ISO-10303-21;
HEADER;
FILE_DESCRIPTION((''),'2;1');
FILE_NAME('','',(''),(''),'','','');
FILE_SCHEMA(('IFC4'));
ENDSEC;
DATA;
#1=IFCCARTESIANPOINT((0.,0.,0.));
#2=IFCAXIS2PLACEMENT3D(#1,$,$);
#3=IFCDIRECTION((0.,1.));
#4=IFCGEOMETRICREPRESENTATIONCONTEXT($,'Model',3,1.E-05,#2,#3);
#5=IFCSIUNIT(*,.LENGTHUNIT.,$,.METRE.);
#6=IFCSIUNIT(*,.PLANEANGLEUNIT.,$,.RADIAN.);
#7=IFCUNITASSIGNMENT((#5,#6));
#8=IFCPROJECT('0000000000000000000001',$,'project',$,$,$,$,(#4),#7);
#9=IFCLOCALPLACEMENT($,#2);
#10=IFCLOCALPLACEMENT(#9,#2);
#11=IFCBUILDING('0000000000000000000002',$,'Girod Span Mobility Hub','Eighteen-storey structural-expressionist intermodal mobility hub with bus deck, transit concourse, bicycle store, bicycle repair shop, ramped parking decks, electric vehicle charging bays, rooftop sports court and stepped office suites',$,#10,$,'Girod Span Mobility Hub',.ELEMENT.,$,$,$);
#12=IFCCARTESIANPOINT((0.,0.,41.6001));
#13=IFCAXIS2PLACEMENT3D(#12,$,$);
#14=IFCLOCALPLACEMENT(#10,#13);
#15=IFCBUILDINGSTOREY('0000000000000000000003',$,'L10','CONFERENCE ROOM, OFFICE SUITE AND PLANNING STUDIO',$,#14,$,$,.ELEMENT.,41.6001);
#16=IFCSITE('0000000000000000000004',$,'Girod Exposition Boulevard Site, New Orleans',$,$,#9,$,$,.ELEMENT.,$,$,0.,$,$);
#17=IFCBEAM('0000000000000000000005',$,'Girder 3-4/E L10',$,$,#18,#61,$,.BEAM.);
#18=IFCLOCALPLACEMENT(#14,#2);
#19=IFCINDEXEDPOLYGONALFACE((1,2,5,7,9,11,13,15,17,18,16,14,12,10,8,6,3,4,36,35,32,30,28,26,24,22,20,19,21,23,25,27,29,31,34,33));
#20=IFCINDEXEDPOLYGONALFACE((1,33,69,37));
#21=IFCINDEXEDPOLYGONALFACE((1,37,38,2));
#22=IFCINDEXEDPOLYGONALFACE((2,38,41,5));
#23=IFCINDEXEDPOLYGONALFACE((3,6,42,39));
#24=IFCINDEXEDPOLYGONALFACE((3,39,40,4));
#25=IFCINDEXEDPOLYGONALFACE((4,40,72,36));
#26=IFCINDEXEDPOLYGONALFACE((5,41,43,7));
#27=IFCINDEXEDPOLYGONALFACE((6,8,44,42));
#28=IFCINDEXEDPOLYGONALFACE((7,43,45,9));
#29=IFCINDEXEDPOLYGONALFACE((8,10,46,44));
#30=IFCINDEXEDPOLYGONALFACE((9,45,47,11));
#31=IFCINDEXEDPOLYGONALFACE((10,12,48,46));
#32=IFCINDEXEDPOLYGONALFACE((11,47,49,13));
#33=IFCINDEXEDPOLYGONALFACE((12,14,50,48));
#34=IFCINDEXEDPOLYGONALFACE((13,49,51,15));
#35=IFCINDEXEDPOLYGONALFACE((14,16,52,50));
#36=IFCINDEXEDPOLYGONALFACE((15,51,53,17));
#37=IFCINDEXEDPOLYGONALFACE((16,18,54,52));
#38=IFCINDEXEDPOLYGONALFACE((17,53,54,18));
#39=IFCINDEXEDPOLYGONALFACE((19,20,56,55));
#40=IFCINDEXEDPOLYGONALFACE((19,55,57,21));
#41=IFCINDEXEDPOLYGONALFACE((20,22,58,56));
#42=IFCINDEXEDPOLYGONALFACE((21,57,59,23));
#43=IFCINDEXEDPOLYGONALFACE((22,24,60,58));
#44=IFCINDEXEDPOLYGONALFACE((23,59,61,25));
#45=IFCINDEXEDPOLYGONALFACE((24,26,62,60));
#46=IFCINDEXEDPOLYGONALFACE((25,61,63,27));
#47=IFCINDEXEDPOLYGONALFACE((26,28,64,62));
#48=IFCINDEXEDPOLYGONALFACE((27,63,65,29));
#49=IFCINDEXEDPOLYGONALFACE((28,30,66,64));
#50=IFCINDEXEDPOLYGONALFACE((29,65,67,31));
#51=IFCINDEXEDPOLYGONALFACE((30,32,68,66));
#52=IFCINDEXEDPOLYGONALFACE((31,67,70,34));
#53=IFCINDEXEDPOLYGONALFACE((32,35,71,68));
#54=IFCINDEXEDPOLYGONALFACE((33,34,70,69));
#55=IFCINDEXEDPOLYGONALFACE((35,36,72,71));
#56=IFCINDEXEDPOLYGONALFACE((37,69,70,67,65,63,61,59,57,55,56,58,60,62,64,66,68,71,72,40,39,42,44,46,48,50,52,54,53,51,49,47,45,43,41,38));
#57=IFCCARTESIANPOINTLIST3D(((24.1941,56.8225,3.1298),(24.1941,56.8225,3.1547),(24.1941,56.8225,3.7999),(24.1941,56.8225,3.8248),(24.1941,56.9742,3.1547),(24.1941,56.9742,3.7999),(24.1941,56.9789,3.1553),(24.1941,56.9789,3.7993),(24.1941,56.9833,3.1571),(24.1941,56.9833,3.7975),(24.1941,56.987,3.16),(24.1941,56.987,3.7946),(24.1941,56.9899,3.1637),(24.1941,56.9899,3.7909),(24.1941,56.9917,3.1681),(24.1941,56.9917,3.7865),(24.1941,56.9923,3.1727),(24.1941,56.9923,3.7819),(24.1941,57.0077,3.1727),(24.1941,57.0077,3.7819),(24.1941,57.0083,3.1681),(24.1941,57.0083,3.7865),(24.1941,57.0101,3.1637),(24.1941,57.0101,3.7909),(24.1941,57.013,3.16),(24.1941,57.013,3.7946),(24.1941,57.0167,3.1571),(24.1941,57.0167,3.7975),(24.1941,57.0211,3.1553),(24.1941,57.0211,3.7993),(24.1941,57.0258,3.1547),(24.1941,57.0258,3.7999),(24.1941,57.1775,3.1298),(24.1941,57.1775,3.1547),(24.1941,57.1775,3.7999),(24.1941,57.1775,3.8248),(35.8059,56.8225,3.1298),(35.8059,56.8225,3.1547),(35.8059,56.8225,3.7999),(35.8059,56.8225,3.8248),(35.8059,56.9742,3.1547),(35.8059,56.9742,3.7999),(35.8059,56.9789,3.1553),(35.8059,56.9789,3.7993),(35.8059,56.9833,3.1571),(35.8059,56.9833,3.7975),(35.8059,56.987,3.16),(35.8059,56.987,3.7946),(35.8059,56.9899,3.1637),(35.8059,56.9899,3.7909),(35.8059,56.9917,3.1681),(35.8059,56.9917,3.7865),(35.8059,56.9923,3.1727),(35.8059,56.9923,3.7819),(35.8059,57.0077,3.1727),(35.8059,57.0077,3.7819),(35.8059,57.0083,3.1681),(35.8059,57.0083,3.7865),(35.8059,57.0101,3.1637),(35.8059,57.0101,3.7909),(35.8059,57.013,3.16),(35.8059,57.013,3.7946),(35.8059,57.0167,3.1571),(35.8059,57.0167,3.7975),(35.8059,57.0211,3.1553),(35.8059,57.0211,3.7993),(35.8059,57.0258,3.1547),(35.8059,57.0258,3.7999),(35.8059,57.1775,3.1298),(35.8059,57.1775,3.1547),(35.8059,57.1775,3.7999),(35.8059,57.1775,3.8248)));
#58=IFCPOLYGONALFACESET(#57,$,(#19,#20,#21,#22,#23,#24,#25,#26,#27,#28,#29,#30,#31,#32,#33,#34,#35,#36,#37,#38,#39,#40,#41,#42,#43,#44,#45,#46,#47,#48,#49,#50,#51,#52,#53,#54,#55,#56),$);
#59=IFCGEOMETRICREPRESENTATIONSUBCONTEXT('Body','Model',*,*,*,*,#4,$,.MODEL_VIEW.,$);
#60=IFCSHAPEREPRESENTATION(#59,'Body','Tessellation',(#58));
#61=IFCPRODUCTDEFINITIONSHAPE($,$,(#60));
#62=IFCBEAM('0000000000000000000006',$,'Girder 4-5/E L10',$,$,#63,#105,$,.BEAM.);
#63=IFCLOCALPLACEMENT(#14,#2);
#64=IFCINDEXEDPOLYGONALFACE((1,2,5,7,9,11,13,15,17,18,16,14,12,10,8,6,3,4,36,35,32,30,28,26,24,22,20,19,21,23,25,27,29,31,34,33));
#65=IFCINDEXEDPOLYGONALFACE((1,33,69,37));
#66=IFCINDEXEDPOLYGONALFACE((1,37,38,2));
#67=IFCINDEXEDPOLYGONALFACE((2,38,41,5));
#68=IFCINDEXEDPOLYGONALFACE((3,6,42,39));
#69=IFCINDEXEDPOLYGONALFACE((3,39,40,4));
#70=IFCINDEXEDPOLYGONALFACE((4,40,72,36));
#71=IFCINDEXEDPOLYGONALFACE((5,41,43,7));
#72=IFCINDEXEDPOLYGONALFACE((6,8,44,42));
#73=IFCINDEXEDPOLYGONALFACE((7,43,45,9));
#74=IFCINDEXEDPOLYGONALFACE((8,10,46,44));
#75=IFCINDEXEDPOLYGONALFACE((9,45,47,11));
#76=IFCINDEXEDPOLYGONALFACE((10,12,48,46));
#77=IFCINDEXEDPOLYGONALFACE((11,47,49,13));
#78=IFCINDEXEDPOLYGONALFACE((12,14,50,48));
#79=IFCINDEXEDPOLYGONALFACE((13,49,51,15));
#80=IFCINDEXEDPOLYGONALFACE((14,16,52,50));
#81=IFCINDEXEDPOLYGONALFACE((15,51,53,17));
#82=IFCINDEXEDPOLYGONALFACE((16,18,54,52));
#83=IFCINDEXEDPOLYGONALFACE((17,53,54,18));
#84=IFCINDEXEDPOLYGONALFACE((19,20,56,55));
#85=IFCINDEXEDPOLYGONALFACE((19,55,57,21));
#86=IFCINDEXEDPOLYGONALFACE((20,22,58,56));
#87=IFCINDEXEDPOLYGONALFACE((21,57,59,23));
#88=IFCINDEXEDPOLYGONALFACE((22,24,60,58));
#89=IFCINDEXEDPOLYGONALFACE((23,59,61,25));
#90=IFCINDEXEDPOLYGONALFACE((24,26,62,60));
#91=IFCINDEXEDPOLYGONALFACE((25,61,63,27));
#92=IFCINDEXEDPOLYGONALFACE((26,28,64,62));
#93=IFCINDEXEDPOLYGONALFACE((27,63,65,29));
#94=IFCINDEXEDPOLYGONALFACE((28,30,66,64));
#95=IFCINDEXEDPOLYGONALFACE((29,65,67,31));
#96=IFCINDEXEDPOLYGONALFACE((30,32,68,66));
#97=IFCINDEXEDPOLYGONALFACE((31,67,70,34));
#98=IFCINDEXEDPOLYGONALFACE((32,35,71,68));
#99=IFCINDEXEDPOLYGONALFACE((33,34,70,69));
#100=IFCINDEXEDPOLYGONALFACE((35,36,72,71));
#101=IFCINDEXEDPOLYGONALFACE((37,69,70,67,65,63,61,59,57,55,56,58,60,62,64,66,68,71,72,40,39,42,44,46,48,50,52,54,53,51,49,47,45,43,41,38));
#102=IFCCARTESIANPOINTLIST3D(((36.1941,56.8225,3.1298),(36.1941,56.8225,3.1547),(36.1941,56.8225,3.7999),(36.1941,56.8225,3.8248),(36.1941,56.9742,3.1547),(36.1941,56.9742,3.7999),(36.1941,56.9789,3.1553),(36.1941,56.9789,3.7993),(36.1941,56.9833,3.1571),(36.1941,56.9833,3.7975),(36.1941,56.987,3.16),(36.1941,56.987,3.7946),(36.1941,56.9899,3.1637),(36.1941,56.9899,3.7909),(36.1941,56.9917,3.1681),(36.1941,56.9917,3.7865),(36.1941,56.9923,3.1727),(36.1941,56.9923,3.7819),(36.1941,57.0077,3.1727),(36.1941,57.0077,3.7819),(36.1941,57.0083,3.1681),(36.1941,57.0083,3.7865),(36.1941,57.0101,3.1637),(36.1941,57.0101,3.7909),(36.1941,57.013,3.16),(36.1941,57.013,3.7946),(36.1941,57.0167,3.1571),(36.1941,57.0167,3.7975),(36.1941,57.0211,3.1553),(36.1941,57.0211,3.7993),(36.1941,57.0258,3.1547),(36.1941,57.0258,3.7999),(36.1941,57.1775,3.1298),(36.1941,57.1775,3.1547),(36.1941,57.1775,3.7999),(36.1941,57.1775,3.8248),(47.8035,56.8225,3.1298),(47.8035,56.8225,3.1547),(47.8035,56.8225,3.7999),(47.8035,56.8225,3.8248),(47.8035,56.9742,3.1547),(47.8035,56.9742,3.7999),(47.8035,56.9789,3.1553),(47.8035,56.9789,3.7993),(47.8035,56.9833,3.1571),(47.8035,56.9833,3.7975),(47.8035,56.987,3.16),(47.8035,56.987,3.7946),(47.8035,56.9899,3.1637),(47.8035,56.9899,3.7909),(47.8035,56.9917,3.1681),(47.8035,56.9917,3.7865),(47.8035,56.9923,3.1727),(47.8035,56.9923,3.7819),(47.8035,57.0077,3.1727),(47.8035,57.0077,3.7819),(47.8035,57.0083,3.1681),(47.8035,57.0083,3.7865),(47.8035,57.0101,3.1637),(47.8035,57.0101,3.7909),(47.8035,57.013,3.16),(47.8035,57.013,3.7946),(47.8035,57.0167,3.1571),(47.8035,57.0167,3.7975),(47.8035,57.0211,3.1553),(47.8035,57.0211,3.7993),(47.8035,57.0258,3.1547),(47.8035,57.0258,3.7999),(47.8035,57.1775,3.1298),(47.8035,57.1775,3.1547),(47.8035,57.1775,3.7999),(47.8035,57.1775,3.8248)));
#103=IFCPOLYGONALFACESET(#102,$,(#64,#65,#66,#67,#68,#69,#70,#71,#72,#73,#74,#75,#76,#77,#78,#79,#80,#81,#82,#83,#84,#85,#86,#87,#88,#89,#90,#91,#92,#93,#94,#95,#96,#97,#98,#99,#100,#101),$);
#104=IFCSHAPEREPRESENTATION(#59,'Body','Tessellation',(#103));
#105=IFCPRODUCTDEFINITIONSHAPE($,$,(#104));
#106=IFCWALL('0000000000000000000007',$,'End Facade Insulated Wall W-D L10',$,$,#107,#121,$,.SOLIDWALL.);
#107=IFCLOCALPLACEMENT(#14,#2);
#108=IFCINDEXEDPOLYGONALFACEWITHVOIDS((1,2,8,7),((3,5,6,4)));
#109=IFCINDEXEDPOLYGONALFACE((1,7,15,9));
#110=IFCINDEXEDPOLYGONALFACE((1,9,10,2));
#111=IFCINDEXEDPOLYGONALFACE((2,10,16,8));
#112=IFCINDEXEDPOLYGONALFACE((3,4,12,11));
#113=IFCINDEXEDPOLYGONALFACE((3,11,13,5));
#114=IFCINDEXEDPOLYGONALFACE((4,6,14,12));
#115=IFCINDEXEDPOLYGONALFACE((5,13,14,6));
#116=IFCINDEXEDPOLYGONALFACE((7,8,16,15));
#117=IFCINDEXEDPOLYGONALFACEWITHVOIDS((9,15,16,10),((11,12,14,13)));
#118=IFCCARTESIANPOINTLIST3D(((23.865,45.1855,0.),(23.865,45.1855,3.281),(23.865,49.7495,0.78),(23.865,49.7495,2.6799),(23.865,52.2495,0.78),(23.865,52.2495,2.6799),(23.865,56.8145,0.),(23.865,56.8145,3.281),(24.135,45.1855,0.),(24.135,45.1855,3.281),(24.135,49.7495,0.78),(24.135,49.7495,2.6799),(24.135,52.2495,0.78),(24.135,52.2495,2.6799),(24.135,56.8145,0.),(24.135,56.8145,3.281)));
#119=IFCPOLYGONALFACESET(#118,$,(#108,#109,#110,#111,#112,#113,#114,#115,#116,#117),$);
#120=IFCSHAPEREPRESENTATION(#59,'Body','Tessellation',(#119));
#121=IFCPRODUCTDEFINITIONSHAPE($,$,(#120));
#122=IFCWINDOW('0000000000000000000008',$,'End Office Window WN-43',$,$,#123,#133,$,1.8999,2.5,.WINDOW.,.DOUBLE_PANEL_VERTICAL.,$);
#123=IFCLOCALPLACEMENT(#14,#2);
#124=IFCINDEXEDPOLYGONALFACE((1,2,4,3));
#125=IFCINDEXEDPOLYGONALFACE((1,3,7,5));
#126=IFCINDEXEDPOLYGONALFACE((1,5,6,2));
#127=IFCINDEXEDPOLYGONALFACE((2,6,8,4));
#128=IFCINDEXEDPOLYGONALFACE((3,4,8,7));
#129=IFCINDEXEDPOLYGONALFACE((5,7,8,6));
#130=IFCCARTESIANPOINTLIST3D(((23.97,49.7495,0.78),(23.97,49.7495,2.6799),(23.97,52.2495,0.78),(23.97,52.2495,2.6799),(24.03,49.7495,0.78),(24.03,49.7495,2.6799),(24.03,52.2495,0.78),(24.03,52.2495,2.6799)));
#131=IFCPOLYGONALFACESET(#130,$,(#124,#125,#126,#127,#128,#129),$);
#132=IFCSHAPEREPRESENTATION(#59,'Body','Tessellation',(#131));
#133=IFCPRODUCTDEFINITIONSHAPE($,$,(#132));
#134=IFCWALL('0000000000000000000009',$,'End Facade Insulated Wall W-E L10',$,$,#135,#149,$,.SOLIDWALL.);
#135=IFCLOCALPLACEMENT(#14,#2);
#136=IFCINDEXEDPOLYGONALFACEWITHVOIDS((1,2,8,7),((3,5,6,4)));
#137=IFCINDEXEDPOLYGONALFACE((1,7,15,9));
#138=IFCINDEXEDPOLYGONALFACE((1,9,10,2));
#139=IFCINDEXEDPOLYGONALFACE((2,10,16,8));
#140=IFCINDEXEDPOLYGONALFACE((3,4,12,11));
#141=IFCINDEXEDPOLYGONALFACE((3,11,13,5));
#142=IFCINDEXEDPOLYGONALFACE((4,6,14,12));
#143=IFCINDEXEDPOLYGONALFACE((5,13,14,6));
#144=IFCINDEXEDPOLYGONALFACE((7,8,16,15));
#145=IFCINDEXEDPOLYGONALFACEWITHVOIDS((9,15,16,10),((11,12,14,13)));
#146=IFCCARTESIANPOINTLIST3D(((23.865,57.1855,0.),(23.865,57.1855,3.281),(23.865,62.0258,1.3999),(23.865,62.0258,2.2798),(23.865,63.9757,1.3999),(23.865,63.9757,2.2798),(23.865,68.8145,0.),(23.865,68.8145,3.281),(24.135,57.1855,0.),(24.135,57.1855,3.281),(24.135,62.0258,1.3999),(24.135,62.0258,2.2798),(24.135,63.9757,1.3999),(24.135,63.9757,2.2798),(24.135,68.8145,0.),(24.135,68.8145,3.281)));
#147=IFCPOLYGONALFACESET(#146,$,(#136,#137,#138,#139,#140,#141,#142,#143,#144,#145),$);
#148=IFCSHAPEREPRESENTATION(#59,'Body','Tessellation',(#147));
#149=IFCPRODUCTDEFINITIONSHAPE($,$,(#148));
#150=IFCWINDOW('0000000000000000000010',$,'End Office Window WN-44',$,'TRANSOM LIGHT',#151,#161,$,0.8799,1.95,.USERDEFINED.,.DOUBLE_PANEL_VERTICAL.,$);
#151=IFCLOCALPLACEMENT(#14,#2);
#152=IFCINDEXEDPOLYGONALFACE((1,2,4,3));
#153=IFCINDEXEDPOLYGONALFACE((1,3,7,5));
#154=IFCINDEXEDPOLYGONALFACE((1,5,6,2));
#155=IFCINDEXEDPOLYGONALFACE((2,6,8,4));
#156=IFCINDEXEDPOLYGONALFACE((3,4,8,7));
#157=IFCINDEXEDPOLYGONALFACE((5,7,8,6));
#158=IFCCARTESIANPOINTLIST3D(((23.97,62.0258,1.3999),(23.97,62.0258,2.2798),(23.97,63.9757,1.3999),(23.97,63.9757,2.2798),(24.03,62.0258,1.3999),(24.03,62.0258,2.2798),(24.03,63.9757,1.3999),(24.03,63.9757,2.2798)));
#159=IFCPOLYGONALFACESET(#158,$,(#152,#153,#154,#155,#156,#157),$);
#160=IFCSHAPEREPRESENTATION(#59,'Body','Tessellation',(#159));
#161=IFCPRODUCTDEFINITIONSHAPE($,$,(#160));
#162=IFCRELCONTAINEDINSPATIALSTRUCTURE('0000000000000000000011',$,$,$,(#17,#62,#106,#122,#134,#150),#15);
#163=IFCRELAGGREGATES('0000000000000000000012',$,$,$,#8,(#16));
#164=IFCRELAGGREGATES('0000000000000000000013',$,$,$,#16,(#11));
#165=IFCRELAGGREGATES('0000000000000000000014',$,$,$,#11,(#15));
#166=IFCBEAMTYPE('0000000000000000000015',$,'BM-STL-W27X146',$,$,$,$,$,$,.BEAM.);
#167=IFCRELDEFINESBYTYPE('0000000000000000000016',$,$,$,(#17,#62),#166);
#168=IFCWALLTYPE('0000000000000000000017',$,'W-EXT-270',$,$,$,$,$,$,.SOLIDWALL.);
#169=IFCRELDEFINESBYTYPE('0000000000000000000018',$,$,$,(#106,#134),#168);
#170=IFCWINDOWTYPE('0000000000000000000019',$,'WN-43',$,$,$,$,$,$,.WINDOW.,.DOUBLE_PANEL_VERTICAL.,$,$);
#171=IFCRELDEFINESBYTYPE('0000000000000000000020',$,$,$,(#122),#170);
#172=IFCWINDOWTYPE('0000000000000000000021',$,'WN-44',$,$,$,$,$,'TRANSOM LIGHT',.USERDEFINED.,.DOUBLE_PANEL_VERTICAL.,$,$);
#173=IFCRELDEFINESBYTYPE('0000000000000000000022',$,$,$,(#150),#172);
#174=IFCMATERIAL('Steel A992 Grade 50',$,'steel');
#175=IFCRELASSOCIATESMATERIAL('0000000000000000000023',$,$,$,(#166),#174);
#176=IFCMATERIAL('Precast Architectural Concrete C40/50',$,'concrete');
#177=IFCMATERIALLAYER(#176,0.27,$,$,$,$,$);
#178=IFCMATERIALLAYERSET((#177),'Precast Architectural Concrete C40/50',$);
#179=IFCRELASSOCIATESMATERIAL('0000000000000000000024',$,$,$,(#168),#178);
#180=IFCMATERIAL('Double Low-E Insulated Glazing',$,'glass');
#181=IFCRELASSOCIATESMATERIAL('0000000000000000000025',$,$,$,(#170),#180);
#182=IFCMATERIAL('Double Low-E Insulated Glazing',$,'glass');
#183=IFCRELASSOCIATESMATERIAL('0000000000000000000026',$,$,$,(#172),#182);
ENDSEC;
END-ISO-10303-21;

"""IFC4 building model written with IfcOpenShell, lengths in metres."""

from ifc_helpers import new_model, si_unit, direction, frame, frame_2d, origin, origin_2d, place, context, subcontext, project, spatial, rectangle, i_section, extrude, material, layer, layer_set, material_profile, profile_set, type_object, element, fill, save


model = new_model("IFC4")

# Units and contexts
model_context = context("Model", 3, precision=1e-05, world=origin(), true_north=direction((0.0, 1.0)))
body_context = subcontext(model_context, "Body", "Model", "MODEL_VIEW")
ifc_project = project(units=[si_unit("LENGTHUNIT", "METRE"), si_unit("PLANEANGLEUNIT", "RADIAN")], contexts=[model_context])

# Site, building, storey
site_placement = place(None, origin())
site = spatial("IfcSite", under=ifc_project, at=site_placement, Name="Girod Exposition Boulevard Site, New Orleans", CompositionType="ELEMENT", RefElevation=0.0)
building_placement = place(site_placement, origin())
building = spatial("IfcBuilding", under=site, at=building_placement, Name="Girod Span Mobility Hub", Description="Eighteen-storey structural-expressionist intermodal mobility hub with bus deck, transit concourse, bicycle store, bicycle repair shop, ramped parking decks, electric vehicle charging bays, rooftop sports court and stepped office suites", LongName="Girod Span Mobility Hub", CompositionType="ELEMENT")
storey_placement = place(building_placement, frame((0.0, 0.0, 41.6001)))
storey = spatial("IfcBuildingStorey", under=building, at=storey_placement, Name="L10", Description="CONFERENCE ROOM, OFFICE SUITE AND PLANNING STUDIO", CompositionType="ELEMENT", Elevation=41.6001)

# Beams
ifc_material_1 = material(Name="Steel A992 Grade 50", Category="steel")
ifc_material_profile_1 = material_profile(ifc_material_1, i_section(OverallWidth=0.355, OverallDepth=0.6951, WebThickness=0.0154, FlangeThickness=0.0249, FilletRadius=0.0181, at=origin_2d()), Name="W27X146")
ifc_profile_set_1 = profile_set([ifc_material_profile_1], Name="Steel A992 Grade 50")
beam_type_1 = type_object("IfcBeamType", Name="BM-STL-W27X146", PredefinedType="BEAM", material=ifc_profile_set_1)
beam_1_placement = place(storey_placement, frame((24.1941, 57.0, 3.4773), z_axis=(1.0, 0.0, 0.0), x_axis=(0.0, 1.0, 0.0)))
element("IfcBeam", 1, at=beam_1_placement, inside=storey, type_object=beam_type_1, Name="Girder 3-4/E L10", PredefinedType="BEAM", context=body_context, shape_type="SweptSolid", body=[
    extrude(i_section(OverallWidth=0.355, OverallDepth=0.6951, WebThickness=0.0154, FlangeThickness=0.0249, FilletRadius=0.0181, at=origin_2d()), origin(), (0.0, 0.0, 1.0), 11.6118),
])
beam_2_placement = place(storey_placement, frame((36.1941, 57.0, 3.4773), z_axis=(1.0, 0.0, 0.0), x_axis=(0.0, 1.0, 0.0)))
element("IfcBeam", 2, at=beam_2_placement, inside=storey, type_object=beam_type_1, Name="Girder 4-5/E L10", PredefinedType="BEAM", context=body_context, shape_type="SweptSolid", body=[
    extrude(i_section(OverallWidth=0.355, OverallDepth=0.6951, WebThickness=0.0154, FlangeThickness=0.0249, FilletRadius=0.0181, at=origin_2d()), origin(), (0.0, 0.0, 1.0), 11.6094),
])

# Walls, openings, windows
ifc_material_2 = material(Name="Precast Architectural Concrete C40/50", Category="concrete")
ifc_layer_1 = layer(ifc_material_2, 0.27)
ifc_layer_set_1 = layer_set([ifc_layer_1], Name="Precast Architectural Concrete C40/50")
wall_type_1 = type_object("IfcWallType", Name="W-EXT-270", PredefinedType="SOLIDWALL", material=ifc_layer_set_1)
wall_1_placement = place(storey_placement, frame((24.0, 45.1855, 0.0), z_axis=(0.0, 0.0, 1.0), x_axis=(0.0, 1.0, 0.0)))
wall_1 = element("IfcWall", 3, at=wall_1_placement, inside=storey, type_object=wall_type_1, Name="End Facade Insulated Wall W-D L10", PredefinedType="SOLIDWALL", context=body_context, shape_type="SweptSolid", body=[
    extrude(rectangle(XDim=11.6289, YDim=0.27, at=frame_2d((5.8145, 0.0))), origin(), (0.0, 0.0, 1.0), 3.281),
])
opening_1_placement = place(wall_1_placement, frame((4.564, 0.0, 0.78)))
opening_1 = element("IfcOpeningElement", 4, at=opening_1_placement, cuts=wall_1, PredefinedType="OPENING", context=body_context, shape_type="SweptSolid", body=[
    extrude(rectangle(XDim=2.5, YDim=1.8999, at=frame_2d((1.25, 0.95))), frame((0.0, 0.1499, 0.0), z_axis=(0.0, -1.0, 0.0), x_axis=(1.0, 0.0, 0.0)), (0.0, 0.0, 1.0), 0.3),
])
ifc_material_3 = material(Name="Double Low-E Insulated Glazing", Category="glass")
window_type_1 = type_object("IfcWindowType", Name="WN-43", PartitioningType="DOUBLE_PANEL_VERTICAL", PredefinedType="WINDOW", material=ifc_material_3)
window_1_placement = place(opening_1_placement, origin())
window_1 = element("IfcWindow", 5, at=window_1_placement, inside=storey, type_object=window_type_1, Name="End Office Window WN-43", OverallHeight=1.8999, OverallWidth=2.5, PartitioningType="DOUBLE_PANEL_VERTICAL", PredefinedType="WINDOW", context=body_context, shape_type="SweptSolid", body=[
    extrude(rectangle(XDim=2.5, YDim=1.8999, at=frame_2d((1.25, 0.95))), frame((0.0, 0.03, 0.0), z_axis=(0.0, -1.0, 0.0), x_axis=(1.0, 0.0, 0.0)), (0.0, 0.0, 1.0), 0.0601),
])
fill(opening_1, window_1)
wall_2_placement = place(storey_placement, frame((24.0, 57.1855, 0.0), z_axis=(0.0, 0.0, 1.0), x_axis=(0.0, 1.0, 0.0)))
wall_2 = element("IfcWall", 6, at=wall_2_placement, inside=storey, type_object=wall_type_1, Name="End Facade Insulated Wall W-E L10", PredefinedType="SOLIDWALL", context=body_context, shape_type="SweptSolid", body=[
    extrude(rectangle(XDim=11.6289, YDim=0.27, at=frame_2d((5.8145, 0.0))), origin(), (0.0, 0.0, 1.0), 3.281),
])
opening_2_placement = place(wall_2_placement, frame((4.8401, 0.0, 1.3999)))
opening_2 = element("IfcOpeningElement", 7, at=opening_2_placement, cuts=wall_2, PredefinedType="OPENING", context=body_context, shape_type="SweptSolid", body=[
    extrude(rectangle(XDim=1.95, YDim=0.8799, at=frame_2d((0.9751, 0.4399))), frame((0.0, 0.1499, 0.0), z_axis=(0.0, -1.0, 0.0), x_axis=(1.0, 0.0, 0.0)), (0.0, 0.0, 1.0), 0.3),
])
ifc_material_4 = material(Name="Double Low-E Insulated Glazing", Category="glass")
window_type_2 = type_object("IfcWindowType", Name="WN-44", ElementType="TRANSOM LIGHT", PartitioningType="DOUBLE_PANEL_VERTICAL", PredefinedType="USERDEFINED", material=ifc_material_4)
window_2_placement = place(opening_2_placement, origin())
window_2 = element("IfcWindow", 8, at=window_2_placement, inside=storey, type_object=window_type_2, Name="End Office Window WN-44", ObjectType="TRANSOM LIGHT", OverallHeight=0.8799, OverallWidth=1.95, PartitioningType="DOUBLE_PANEL_VERTICAL", PredefinedType="USERDEFINED", context=body_context, shape_type="SweptSolid", body=[
    extrude(rectangle(XDim=1.95, YDim=0.8799, at=frame_2d((0.9751, 0.4399))), frame((0.0, 0.03, 0.0), z_axis=(0.0, -1.0, 0.0), x_axis=(1.0, 0.0, 0.0)), (0.0, 0.0, 1.0), 0.0601),
])
fill(opening_2, window_2)

save(model, "model.ifc")
